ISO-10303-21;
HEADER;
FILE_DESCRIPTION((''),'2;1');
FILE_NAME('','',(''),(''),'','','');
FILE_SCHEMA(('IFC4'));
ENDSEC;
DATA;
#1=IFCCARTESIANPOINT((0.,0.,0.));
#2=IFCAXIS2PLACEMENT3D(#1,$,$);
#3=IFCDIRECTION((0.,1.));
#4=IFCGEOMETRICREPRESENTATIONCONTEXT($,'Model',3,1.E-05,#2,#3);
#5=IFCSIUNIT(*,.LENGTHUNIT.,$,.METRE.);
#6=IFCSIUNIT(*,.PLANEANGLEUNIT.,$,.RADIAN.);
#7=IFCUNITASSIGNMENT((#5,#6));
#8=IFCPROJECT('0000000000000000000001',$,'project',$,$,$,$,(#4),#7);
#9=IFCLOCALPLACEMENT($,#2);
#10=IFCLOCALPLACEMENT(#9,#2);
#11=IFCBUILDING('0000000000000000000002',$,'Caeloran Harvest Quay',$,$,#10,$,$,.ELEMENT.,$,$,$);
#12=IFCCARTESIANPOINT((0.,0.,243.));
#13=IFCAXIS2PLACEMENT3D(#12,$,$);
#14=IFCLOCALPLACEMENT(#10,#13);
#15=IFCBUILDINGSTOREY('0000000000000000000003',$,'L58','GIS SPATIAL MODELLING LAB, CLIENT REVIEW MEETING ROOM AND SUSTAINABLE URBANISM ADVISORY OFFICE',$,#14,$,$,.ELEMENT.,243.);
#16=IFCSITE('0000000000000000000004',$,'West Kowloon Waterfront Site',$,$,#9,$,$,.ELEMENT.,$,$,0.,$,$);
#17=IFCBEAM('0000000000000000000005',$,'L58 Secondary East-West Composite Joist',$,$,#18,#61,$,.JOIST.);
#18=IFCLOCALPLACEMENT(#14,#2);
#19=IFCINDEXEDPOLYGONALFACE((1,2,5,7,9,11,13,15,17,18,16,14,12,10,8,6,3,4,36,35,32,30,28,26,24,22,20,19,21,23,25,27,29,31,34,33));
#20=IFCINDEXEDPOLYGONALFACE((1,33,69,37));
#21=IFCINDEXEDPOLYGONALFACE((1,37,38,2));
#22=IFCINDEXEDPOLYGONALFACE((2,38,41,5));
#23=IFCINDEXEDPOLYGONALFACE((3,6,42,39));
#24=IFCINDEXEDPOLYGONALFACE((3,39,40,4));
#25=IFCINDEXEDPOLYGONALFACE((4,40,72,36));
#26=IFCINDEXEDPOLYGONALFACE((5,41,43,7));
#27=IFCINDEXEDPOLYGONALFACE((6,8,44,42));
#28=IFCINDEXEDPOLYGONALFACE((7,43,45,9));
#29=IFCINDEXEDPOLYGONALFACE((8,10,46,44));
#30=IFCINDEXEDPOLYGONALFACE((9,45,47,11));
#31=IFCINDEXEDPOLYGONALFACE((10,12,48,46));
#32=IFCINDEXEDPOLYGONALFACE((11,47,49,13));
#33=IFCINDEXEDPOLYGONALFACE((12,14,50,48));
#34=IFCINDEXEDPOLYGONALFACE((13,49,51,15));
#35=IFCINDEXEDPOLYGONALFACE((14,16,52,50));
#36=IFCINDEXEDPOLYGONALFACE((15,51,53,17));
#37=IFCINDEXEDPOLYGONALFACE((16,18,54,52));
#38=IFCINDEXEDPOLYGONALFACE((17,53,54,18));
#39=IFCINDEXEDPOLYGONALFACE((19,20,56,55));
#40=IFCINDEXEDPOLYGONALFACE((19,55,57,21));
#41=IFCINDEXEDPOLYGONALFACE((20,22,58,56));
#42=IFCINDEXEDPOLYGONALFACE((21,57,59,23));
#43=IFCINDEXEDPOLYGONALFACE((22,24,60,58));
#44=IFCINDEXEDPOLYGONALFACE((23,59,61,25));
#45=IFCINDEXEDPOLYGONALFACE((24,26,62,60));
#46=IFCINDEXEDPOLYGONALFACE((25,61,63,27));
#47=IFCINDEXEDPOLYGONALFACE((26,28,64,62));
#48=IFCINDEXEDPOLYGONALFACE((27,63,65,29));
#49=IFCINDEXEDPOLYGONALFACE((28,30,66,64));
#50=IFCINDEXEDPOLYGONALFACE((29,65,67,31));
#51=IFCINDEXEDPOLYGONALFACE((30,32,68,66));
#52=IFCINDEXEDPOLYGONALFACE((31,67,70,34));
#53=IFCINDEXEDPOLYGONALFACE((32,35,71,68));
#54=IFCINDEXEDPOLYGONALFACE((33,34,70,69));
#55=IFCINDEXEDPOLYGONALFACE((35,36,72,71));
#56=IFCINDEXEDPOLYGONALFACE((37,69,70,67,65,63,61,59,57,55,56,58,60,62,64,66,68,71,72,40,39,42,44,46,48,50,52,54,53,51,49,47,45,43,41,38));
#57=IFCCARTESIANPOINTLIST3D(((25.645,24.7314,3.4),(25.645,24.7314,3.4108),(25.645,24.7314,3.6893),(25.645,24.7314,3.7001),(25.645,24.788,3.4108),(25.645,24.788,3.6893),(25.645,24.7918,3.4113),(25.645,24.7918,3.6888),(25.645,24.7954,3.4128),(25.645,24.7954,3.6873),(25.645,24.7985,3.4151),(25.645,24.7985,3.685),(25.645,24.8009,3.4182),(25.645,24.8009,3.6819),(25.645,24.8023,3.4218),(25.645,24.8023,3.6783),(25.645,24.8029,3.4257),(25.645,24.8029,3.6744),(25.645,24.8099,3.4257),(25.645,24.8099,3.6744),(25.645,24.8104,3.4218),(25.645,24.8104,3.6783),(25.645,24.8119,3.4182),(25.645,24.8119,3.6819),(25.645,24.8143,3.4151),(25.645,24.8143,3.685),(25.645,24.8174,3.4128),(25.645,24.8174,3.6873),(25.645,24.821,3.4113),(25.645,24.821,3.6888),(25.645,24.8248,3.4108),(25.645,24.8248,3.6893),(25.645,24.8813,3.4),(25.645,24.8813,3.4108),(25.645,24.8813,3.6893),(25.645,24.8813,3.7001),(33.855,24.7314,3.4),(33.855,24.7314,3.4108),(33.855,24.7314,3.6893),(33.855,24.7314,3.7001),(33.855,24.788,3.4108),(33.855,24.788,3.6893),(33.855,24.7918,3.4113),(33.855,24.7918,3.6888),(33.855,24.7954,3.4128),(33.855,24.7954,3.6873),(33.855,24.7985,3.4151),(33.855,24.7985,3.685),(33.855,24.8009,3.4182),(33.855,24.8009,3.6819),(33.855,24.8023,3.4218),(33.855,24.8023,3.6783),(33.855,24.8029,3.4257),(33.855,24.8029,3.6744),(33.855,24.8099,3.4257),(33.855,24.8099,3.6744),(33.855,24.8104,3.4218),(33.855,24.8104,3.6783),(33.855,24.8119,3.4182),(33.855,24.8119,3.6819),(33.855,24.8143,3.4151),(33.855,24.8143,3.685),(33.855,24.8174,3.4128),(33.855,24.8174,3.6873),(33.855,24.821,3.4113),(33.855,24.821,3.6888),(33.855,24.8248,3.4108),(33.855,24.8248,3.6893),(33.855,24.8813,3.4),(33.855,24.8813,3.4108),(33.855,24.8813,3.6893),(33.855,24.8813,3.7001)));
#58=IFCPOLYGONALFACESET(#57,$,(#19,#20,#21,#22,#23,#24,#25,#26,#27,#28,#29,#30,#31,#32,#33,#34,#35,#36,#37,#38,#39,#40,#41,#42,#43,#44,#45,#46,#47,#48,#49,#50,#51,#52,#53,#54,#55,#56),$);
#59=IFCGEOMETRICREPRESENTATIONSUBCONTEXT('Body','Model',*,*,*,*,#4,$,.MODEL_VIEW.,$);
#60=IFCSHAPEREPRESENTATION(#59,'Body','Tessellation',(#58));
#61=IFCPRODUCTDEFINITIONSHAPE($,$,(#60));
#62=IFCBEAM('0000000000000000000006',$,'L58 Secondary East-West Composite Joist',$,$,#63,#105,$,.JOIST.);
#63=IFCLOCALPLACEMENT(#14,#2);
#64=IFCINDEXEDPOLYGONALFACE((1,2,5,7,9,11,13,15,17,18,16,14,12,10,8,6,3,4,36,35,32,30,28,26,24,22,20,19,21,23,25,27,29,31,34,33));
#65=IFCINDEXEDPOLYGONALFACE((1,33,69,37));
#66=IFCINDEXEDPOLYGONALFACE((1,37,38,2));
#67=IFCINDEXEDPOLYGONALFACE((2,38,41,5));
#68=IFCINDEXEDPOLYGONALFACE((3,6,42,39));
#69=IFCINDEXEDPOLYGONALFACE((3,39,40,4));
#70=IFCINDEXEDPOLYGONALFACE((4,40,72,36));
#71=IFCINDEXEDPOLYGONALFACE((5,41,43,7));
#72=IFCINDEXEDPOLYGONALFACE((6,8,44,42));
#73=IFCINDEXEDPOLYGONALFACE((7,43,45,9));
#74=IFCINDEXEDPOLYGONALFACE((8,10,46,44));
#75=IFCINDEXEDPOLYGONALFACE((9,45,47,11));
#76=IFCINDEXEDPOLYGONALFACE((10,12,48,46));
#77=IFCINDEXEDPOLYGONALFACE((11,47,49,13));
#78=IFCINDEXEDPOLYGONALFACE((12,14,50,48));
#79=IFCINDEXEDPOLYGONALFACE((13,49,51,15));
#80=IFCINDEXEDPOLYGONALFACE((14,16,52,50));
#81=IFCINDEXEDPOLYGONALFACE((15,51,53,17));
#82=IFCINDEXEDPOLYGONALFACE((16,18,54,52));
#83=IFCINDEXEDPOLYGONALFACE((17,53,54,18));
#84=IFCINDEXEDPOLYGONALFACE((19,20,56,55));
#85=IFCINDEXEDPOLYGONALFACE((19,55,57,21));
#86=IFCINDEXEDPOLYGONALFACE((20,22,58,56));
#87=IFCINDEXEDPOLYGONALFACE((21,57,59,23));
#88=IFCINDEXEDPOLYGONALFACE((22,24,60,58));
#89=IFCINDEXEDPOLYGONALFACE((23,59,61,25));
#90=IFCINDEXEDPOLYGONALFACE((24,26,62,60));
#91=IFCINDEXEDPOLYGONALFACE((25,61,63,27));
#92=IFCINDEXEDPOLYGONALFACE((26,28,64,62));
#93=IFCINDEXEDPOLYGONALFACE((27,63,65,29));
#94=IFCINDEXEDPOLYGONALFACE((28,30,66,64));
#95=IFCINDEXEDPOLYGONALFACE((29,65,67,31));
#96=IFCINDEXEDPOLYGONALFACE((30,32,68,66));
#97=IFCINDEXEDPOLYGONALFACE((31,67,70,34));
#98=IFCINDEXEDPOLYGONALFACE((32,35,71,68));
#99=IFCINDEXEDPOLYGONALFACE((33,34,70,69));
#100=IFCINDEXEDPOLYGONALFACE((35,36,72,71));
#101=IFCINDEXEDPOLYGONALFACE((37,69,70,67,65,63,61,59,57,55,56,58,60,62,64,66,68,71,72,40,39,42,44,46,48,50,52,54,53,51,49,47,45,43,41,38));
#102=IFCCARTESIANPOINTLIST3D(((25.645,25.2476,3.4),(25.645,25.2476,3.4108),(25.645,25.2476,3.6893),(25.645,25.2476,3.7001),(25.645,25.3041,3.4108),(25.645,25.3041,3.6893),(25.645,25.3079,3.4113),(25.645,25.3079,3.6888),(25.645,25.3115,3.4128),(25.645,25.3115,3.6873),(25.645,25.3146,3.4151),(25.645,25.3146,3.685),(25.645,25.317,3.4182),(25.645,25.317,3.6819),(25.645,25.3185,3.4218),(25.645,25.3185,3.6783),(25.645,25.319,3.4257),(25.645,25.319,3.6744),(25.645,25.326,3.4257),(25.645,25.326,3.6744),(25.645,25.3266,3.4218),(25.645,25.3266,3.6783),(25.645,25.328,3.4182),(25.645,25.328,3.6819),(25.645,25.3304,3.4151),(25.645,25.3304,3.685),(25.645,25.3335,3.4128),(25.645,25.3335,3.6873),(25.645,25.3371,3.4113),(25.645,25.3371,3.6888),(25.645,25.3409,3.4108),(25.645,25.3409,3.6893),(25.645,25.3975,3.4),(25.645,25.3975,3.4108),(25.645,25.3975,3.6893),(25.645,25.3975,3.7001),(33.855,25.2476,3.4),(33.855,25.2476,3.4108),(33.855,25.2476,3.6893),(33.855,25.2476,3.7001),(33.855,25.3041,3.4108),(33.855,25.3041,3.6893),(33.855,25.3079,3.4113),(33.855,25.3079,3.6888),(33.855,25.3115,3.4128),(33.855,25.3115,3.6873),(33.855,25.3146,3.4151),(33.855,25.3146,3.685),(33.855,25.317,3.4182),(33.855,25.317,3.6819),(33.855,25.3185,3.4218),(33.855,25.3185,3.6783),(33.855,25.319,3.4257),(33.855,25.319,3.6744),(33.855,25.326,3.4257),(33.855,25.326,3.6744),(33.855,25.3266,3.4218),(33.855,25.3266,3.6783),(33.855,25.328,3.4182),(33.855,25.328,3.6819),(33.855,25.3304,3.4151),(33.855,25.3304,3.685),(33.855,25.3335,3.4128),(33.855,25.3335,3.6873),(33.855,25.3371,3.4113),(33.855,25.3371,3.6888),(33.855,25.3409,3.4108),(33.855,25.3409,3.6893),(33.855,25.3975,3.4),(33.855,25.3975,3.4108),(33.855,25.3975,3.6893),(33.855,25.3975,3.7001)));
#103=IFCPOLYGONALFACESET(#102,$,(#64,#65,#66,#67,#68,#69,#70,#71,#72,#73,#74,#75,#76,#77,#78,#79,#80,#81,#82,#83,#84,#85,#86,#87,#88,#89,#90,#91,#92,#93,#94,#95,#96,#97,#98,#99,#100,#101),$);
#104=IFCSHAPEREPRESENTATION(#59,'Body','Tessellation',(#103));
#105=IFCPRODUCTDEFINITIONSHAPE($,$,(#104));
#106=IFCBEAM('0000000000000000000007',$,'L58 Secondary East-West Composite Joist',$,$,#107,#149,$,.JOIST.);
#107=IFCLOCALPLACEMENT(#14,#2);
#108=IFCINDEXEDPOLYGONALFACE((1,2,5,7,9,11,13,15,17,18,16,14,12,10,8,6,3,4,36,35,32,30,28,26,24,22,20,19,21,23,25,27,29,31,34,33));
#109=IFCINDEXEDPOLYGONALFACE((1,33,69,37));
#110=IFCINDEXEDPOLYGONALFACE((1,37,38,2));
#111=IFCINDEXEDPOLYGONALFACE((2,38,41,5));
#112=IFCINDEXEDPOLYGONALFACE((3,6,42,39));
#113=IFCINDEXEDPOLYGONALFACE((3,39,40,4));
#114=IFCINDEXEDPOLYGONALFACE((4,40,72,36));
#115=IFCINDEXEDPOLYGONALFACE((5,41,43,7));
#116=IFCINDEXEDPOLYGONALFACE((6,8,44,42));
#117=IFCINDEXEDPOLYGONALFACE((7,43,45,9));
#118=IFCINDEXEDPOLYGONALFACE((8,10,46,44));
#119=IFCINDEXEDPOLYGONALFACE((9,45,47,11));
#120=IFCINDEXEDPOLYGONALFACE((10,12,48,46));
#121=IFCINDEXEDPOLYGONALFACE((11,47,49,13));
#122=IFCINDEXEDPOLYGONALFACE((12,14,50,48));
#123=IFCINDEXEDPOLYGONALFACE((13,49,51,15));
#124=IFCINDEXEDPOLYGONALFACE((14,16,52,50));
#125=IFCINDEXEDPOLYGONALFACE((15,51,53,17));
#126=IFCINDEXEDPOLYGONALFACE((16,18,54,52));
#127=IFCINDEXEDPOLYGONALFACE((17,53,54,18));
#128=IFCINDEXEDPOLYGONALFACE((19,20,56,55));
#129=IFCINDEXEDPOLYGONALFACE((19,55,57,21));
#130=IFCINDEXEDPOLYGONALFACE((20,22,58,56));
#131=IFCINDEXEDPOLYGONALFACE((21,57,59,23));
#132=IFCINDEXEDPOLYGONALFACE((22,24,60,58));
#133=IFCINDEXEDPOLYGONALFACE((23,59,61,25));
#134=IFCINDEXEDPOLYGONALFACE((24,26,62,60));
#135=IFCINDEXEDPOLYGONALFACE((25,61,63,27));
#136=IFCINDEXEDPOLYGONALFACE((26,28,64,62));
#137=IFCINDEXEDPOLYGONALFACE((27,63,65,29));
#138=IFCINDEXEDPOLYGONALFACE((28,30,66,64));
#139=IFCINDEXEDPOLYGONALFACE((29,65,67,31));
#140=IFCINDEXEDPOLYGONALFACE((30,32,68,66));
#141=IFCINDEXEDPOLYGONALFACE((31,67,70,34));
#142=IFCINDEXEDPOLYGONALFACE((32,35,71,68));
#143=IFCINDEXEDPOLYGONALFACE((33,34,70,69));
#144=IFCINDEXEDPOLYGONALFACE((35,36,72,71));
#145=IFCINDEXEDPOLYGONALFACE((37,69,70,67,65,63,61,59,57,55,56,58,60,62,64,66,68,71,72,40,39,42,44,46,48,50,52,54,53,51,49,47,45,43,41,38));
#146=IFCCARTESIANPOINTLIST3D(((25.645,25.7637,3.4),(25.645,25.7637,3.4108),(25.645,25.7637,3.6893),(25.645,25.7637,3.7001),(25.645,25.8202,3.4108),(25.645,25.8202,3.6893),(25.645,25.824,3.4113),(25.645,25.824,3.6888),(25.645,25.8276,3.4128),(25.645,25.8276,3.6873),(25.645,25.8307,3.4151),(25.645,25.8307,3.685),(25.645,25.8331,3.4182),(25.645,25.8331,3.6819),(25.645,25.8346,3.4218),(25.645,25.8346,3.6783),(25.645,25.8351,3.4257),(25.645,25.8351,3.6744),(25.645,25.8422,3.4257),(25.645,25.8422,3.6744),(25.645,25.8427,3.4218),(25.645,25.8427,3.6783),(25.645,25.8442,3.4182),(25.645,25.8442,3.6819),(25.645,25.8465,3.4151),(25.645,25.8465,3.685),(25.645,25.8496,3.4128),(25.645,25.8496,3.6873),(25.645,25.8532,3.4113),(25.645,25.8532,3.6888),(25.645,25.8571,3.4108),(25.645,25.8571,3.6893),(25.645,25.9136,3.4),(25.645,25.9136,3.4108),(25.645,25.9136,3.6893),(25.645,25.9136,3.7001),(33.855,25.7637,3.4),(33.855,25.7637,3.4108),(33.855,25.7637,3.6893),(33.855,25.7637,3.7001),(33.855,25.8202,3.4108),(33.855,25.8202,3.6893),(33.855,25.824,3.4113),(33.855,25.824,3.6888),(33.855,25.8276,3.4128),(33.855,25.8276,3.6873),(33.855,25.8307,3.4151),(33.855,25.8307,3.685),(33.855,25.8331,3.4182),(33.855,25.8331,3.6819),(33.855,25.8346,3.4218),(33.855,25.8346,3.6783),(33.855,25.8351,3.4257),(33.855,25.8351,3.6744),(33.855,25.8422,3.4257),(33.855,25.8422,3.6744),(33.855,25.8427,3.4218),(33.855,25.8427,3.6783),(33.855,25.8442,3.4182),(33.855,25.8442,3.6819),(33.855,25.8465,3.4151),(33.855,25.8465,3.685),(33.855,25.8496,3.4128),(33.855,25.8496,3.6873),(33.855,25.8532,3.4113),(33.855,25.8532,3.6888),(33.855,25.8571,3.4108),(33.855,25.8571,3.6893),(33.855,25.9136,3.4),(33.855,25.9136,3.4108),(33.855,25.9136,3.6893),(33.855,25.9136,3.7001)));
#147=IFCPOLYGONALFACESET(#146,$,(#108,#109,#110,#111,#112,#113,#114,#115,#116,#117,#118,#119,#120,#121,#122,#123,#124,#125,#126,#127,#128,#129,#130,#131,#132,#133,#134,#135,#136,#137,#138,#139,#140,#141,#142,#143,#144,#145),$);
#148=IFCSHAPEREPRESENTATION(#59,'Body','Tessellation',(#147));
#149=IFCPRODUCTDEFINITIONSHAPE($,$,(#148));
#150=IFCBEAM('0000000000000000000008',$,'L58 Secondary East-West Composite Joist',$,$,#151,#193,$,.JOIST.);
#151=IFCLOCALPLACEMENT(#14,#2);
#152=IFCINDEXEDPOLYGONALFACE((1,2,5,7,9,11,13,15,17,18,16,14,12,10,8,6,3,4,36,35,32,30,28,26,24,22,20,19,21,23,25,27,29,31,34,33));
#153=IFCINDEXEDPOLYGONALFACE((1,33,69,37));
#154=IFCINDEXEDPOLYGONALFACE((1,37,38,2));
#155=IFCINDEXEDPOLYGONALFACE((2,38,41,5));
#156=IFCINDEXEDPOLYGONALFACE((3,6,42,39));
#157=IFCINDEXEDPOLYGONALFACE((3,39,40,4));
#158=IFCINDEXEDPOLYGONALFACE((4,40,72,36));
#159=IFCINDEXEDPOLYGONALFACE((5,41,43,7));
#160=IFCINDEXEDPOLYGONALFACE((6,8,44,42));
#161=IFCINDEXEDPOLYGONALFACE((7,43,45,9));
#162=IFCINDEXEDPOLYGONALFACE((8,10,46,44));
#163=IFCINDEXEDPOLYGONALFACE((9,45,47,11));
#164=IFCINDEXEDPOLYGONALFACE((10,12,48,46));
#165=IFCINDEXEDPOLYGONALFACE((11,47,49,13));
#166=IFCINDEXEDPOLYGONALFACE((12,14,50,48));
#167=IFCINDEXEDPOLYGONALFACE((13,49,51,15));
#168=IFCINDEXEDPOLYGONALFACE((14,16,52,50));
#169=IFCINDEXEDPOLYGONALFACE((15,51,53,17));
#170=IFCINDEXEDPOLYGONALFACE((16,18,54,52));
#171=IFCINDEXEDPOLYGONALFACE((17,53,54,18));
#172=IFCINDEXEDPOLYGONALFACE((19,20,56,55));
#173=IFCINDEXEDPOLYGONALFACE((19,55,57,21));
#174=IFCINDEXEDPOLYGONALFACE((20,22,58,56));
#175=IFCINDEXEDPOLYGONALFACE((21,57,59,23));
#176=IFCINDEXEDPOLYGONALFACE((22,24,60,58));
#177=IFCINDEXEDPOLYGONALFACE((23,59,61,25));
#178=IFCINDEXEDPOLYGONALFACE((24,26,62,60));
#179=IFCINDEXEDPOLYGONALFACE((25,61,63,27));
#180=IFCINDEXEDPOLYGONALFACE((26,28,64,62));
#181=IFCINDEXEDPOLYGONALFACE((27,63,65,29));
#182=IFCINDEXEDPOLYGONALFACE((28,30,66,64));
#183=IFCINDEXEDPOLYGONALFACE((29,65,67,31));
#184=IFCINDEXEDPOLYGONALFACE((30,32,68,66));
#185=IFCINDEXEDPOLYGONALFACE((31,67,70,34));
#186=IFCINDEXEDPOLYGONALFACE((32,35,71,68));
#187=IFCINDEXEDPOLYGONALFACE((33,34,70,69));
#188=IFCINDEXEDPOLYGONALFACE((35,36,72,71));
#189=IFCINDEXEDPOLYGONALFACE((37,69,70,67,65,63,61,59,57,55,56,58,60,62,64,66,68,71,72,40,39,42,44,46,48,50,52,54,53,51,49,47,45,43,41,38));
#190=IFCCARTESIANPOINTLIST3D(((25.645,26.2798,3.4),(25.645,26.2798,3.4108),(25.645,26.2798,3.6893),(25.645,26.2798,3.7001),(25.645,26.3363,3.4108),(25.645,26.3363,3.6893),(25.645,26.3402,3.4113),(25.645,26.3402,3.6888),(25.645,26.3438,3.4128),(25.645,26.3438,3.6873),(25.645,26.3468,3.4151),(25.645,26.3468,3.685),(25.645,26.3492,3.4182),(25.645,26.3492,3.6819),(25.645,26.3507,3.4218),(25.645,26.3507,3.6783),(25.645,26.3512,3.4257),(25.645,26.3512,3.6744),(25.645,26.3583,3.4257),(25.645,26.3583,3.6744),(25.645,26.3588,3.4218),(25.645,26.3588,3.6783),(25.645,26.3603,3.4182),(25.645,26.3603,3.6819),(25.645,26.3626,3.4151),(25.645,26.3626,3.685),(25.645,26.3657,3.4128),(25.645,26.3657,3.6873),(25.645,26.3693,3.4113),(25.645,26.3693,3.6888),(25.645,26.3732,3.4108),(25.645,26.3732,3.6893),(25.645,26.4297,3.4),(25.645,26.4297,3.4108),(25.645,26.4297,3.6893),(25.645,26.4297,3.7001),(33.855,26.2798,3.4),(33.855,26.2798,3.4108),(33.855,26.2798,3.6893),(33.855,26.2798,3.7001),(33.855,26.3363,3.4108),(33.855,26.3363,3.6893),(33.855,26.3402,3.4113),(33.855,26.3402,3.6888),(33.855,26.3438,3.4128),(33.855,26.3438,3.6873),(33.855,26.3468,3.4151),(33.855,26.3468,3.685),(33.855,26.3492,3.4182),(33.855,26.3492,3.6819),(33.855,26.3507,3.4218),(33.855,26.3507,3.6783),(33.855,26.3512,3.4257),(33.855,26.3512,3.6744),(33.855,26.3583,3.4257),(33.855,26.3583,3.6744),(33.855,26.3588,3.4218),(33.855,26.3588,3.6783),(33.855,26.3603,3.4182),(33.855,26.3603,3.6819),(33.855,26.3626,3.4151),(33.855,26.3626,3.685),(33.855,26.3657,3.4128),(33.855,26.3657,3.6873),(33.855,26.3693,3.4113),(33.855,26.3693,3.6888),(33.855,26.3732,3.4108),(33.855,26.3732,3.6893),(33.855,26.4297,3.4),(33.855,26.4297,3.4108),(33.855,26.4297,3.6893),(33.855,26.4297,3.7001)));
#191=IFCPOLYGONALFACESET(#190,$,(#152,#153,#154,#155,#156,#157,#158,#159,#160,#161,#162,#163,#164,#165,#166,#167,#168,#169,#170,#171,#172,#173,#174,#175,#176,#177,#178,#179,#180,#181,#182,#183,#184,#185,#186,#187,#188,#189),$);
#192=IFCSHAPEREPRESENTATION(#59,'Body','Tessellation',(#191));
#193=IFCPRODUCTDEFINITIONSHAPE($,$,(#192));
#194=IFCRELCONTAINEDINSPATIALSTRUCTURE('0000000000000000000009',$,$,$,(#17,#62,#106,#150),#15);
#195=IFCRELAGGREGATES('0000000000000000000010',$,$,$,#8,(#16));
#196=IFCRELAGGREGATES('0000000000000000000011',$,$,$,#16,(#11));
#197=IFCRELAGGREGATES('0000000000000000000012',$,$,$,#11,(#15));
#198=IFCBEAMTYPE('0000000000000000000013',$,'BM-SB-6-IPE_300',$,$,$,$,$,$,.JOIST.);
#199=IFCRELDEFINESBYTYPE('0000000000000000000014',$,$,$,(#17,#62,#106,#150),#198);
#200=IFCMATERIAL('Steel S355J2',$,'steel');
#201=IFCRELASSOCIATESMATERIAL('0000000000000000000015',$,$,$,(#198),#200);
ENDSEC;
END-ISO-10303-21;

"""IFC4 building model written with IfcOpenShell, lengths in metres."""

from ifc_helpers import new_model, si_unit, direction, frame, origin, origin_2d, place, context, subcontext, project, spatial, i_section, extrude, material, material_profile, profile_set, type_object, element, save


model = new_model("IFC4")

# Units and contexts
model_context = context("Model", 3, precision=1e-05, world=origin(), true_north=direction((0.0, 1.0)))
body_context = subcontext(model_context, "Body", "Model", "MODEL_VIEW")
ifc_project = project(units=[si_unit("LENGTHUNIT", "METRE"), si_unit("PLANEANGLEUNIT", "RADIAN")], contexts=[model_context])

# Site, building, storey
site_placement = place(None, origin())
site = spatial("IfcSite", under=ifc_project, at=site_placement, Name="West Kowloon Waterfront Site", CompositionType="ELEMENT", RefElevation=0.0)
building_placement = place(site_placement, origin())
building = spatial("IfcBuilding", under=site, at=building_placement, Name="Caeloran Harvest Quay", CompositionType="ELEMENT")
storey_placement = place(building_placement, frame((0.0, 0.0, 243.0)))
storey = spatial("IfcBuildingStorey", under=building, at=storey_placement, Name="L58", Description="GIS SPATIAL MODELLING LAB, CLIENT REVIEW MEETING ROOM AND SUSTAINABLE URBANISM ADVISORY OFFICE", CompositionType="ELEMENT", Elevation=243.0)

# Beams
ifc_material = material(Name="Steel S355J2", Category="steel")
ifc_material_profile_1 = material_profile(ifc_material, i_section(OverallWidth=0.1499, OverallDepth=0.3, WebThickness=0.0071, FlangeThickness=0.0107, FilletRadius=0.0149, at=origin_2d()), Name="IPE 300")
ifc_profile_set_1 = profile_set([ifc_material_profile_1], Name="Steel S355J2")
beam_type_1 = type_object("IfcBeamType", Name="BM-SB-6-IPE_300", PredefinedType="JOIST", material=ifc_profile_set_1)
for number, where, z_axis, x_axis, name in (
    (1, (25.645, 24.8064, 3.55), (1.0, 0.0, 0.0), (0.0, 1.0, 0.0), "L58 Secondary East-West Composite Joist"),
    (2, (25.645, 25.3225, 3.55), (1.0, 0.0, 0.0), (0.0, 1.0, 0.0), "L58 Secondary East-West Composite Joist"),
    (3, (25.645, 25.8386, 3.55), (1.0, 0.0, 0.0), (0.0, 1.0, 0.0), "L58 Secondary East-West Composite Joist"),
    (4, (25.645, 26.3547, 3.55), (1.0, 0.0, 0.0), (0.0, 1.0, 0.0), "L58 Secondary East-West Composite Joist"),
):
    element("IfcBeam", number, at=place(storey_placement, frame(where, z_axis=z_axis, x_axis=x_axis)), inside=storey, type_object=beam_type_1, Name=name, PredefinedType="JOIST", context=body_context, shape_type="SweptSolid", body=[
        extrude(i_section(OverallWidth=0.1499, OverallDepth=0.3, WebThickness=0.0071, FlangeThickness=0.0107, FilletRadius=0.0149, at=origin_2d()), origin(), (0.0, 0.0, 1.0), 8.21),
    ])

save(model, "model.ifc")
